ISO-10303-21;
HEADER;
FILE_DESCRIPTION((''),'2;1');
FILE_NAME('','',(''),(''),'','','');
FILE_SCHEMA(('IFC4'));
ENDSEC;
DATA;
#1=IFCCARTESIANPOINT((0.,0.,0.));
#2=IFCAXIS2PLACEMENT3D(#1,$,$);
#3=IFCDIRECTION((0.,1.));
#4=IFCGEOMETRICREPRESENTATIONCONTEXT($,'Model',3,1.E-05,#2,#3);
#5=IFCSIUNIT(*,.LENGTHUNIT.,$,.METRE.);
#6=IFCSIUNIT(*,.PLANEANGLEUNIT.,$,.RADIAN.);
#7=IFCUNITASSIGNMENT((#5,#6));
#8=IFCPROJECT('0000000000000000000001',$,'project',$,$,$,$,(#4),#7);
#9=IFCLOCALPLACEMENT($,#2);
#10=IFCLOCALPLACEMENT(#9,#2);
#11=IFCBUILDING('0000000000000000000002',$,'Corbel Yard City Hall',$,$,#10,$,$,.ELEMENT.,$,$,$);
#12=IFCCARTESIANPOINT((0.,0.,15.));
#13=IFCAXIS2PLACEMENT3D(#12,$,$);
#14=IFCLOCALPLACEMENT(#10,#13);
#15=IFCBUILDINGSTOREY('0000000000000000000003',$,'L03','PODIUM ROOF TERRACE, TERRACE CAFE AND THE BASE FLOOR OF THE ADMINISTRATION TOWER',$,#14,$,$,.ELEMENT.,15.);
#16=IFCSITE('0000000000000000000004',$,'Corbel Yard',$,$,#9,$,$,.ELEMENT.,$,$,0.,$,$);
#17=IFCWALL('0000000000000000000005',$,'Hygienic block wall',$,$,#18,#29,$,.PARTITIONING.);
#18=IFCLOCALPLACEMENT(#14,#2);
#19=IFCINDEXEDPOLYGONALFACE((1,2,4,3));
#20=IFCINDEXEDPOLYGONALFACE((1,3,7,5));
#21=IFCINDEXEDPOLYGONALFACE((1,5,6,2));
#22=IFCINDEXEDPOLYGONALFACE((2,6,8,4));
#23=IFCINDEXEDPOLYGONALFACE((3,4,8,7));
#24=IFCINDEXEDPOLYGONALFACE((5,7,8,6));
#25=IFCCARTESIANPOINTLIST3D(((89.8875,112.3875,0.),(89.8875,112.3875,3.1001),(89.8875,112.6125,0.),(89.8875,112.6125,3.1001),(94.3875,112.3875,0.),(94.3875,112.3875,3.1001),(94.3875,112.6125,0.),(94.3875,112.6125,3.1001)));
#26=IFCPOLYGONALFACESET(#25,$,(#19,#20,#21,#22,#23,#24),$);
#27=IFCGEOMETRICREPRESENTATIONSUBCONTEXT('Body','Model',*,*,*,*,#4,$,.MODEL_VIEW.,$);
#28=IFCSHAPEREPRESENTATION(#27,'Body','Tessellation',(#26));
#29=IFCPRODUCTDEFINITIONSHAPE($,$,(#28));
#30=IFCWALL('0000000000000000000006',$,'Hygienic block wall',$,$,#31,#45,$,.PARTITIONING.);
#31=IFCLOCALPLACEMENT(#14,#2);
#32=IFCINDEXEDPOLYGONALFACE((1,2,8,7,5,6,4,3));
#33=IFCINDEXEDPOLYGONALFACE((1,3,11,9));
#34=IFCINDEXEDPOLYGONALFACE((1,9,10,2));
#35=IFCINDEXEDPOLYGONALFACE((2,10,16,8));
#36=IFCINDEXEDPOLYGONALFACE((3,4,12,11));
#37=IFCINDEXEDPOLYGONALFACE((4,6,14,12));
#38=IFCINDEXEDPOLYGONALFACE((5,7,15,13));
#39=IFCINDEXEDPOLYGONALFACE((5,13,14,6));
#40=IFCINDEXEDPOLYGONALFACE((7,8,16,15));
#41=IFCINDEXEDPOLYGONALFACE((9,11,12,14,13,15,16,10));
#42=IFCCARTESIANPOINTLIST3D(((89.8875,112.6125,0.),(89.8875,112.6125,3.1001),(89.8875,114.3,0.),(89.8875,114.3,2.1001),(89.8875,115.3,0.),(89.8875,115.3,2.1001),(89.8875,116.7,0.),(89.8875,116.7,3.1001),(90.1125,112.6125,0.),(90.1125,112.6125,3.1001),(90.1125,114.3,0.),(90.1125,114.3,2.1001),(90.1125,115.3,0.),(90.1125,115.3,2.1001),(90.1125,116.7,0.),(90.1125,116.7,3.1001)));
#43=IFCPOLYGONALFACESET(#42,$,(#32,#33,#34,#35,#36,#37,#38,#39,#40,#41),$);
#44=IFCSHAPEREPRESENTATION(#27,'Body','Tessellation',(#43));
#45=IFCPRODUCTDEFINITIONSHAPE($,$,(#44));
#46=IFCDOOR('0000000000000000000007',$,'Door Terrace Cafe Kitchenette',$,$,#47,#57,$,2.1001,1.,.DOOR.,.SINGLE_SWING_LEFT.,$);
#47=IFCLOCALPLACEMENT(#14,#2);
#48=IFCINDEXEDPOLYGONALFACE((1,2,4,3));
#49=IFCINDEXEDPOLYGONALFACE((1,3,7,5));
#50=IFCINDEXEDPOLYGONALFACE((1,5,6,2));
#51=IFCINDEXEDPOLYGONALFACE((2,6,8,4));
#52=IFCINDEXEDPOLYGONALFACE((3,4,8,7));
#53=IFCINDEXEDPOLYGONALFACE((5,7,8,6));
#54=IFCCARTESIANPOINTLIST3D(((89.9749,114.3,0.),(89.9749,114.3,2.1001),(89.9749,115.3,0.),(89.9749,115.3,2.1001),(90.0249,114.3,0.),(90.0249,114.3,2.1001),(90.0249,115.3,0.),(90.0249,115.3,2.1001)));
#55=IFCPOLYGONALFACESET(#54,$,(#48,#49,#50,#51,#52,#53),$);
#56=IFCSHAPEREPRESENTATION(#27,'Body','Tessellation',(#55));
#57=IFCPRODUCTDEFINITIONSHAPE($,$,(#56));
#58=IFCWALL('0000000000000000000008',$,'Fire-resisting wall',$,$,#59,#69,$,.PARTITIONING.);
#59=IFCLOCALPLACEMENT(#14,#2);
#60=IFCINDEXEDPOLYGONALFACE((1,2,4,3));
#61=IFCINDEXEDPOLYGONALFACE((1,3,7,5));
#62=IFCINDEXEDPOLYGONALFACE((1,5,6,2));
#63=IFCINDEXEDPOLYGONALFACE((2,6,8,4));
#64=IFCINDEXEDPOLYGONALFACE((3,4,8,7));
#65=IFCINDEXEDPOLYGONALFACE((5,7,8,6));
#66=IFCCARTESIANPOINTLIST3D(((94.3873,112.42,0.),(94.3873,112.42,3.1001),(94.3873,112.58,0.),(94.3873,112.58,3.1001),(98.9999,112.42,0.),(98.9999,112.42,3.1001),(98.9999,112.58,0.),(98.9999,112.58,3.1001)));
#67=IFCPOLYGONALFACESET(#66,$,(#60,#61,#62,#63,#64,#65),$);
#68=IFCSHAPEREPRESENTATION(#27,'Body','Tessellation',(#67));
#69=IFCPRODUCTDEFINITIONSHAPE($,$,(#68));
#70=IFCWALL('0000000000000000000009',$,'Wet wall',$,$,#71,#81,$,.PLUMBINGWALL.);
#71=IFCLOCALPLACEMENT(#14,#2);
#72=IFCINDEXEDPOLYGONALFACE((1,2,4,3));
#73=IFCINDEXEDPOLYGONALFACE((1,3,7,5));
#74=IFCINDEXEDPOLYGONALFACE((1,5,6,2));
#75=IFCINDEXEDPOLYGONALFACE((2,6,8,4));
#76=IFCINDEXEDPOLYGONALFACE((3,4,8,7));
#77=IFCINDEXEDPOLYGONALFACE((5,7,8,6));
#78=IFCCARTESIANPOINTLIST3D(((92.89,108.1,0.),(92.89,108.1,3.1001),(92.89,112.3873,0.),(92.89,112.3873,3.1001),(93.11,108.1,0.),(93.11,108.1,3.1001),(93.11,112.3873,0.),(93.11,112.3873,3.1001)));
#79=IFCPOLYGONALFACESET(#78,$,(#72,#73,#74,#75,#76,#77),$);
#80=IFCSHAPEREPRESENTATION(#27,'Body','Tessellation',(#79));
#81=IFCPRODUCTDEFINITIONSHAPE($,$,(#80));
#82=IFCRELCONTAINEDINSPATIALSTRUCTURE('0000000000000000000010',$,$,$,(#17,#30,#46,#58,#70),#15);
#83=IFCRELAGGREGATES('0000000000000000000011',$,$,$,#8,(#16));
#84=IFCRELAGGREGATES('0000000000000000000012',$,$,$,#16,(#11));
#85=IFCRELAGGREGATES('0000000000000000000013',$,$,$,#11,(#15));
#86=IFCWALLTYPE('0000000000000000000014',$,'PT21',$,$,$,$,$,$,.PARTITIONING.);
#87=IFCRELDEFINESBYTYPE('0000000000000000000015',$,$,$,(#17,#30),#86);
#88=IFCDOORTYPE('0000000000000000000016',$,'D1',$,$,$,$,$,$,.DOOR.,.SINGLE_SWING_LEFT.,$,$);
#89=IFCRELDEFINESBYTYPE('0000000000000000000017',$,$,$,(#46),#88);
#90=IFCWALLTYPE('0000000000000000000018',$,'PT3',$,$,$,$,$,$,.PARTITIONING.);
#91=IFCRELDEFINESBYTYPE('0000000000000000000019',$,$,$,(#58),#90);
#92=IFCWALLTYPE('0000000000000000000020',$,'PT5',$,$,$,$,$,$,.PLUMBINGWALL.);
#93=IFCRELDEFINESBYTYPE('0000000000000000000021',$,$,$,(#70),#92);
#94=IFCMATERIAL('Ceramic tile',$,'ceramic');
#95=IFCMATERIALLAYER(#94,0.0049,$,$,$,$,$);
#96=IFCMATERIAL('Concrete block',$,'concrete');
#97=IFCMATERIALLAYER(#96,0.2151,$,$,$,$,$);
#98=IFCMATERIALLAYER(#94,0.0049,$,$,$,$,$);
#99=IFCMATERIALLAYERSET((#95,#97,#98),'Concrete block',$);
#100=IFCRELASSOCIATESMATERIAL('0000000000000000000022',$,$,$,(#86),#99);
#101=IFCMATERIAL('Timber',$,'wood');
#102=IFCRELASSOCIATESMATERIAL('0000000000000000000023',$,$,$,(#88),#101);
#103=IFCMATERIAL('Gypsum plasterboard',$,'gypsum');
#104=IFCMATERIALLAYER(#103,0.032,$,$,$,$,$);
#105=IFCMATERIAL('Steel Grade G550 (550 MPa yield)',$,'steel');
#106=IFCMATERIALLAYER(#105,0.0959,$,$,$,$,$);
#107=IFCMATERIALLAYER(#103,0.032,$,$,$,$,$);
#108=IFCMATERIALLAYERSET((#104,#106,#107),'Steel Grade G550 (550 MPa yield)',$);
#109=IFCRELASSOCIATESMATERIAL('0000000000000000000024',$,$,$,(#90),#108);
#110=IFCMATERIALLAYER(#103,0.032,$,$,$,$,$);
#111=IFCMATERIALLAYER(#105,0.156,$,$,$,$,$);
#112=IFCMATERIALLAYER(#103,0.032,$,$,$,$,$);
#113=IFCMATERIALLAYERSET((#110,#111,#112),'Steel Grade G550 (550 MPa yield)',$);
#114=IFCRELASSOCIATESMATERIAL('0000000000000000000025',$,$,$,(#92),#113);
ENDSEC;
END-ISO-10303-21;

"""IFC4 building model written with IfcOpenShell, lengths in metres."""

from ifc_helpers import new_model, si_unit, direction, frame, frame_2d, origin, place, context, subcontext, project, spatial, rectangle, extrude, material, layer, layer_set, type_object, element, fill, save


model = new_model("IFC4")

# Units and contexts
model_context = context("Model", 3, precision=1e-05, world=origin(), true_north=direction((0.0, 1.0)))
body_context = subcontext(model_context, "Body", "Model", "MODEL_VIEW")
ifc_project = project(units=[si_unit("LENGTHUNIT", "METRE"), si_unit("PLANEANGLEUNIT", "RADIAN")], contexts=[model_context])

# Site, building, storey
site_placement = place(None, origin())
site = spatial("IfcSite", under=ifc_project, at=site_placement, Name="Corbel Yard", CompositionType="ELEMENT", RefElevation=0.0)
building_placement = place(site_placement, origin())
building = spatial("IfcBuilding", under=site, at=building_placement, Name="Corbel Yard City Hall", CompositionType="ELEMENT")
storey_placement = place(building_placement, frame((0.0, 0.0, 15.0)))
storey = spatial("IfcBuildingStorey", under=building, at=storey_placement, Name="L03", Description="PODIUM ROOF TERRACE, TERRACE CAFE AND THE BASE FLOOR OF THE ADMINISTRATION TOWER", CompositionType="ELEMENT", Elevation=15.0)

# Shared definitions
ifc_material_1 = material(Name="Gypsum plasterboard", Category="gypsum")
ifc_material_2 = material(Name="Steel Grade G550 (550 MPa yield)", Category="steel")

# Shared definitions
ifc_material_3 = material(Name="Timber", Category="wood")

# Wall
ifc_material_4 = material(Name="Ceramic tile", Category="ceramic")
ifc_layer_1 = layer(ifc_material_4, 0.0049)
ifc_material_5 = material(Name="Concrete block", Category="concrete")
ifc_layer_2 = layer(ifc_material_5, 0.2151)
ifc_layer_3 = layer(ifc_material_4, 0.0049)
ifc_layer_set_1 = layer_set([ifc_layer_1, ifc_layer_2, ifc_layer_3], Name="Concrete block")
wall_type_1 = type_object("IfcWallType", Name="PT21", PredefinedType="PARTITIONING", material=ifc_layer_set_1)
wall_1_placement = place(storey_placement, frame((89.8875, 112.5, 0.0), z_axis=(0.0, 0.0, 1.0), x_axis=(1.0, 0.0, 0.0)))
element("IfcWall", 1, at=wall_1_placement, inside=storey, type_object=wall_type_1, Name="Hygienic block wall", PredefinedType="PARTITIONING", context=body_context, shape_type="SweptSolid", body=[
    extrude(rectangle(XDim=4.5, YDim=0.2251, at=frame_2d((2.25, 0.0))), origin(), (0.0, 0.0, 1.0), 3.1001),
])

# Wall, opening, door
wall_2_placement = place(storey_placement, frame((90.0, 112.6125, 0.0), z_axis=(0.0, 0.0, 1.0), x_axis=(0.0, 1.0, 0.0)))
wall_2 = element("IfcWall", 2, at=wall_2_placement, inside=storey, type_object=wall_type_1, Name="Hygienic block wall", PredefinedType="PARTITIONING", context=body_context, shape_type="SweptSolid", body=[
    extrude(rectangle(XDim=4.0874, YDim=0.2251, at=frame_2d((2.0437, 0.0))), origin(), (0.0, 0.0, 1.0), 3.1001),
])
opening_1_placement = place(wall_2_placement, frame((1.6875, 0.0, 0.0)))
opening_1 = element("IfcOpeningElement", 3, at=opening_1_placement, cuts=wall_2, PredefinedType="OPENING", context=body_context, shape_type="SweptSolid", body=[
    extrude(rectangle(XDim=1.0, YDim=2.1001, at=frame_2d((0.5, 1.05))), frame((0.0, 0.1226, 0.0), z_axis=(0.0, -1.0, 0.0), x_axis=(1.0, 0.0, 0.0)), (0.0, 0.0, 1.0), 0.2451),
])
door_type_1 = type_object("IfcDoorType", Name="D1", OperationType="SINGLE_SWING_LEFT", PredefinedType="DOOR", material=ifc_material_3)
door_1_placement = place(opening_1_placement, frame((1.0, 0.0, 0.0), z_axis=(0.0, 0.0, 1.0), x_axis=(-1.0, 0.0, 0.0)))
door_1 = element("IfcDoor", 4, at=door_1_placement, inside=storey, type_object=door_type_1, Name="Door Terrace Cafe Kitchenette", OperationType="SINGLE_SWING_LEFT", OverallHeight=2.1001, OverallWidth=1.0, PredefinedType="DOOR", context=body_context, shape_type="SweptSolid", body=[
    extrude(rectangle(XDim=1.0, YDim=2.1001, at=frame_2d((0.5, 1.05))), frame((0.0, 0.0249, 0.0), z_axis=(0.0, -1.0, 0.0), x_axis=(1.0, 0.0, 0.0)), (0.0, 0.0, 1.0), 0.05),
])
fill(opening_1, door_1)

# Walls
ifc_layer_4 = layer(ifc_material_1, 0.032)
ifc_layer_5 = layer(ifc_material_2, 0.0959)
ifc_layer_6 = layer(ifc_material_1, 0.032)
ifc_layer_set_2 = layer_set([ifc_layer_4, ifc_layer_5, ifc_layer_6], Name="Steel Grade G550 (550 MPa yield)")
wall_type_2 = type_object("IfcWallType", Name="PT3", PredefinedType="PARTITIONING", material=ifc_layer_set_2)
wall_3_placement = place(storey_placement, frame((94.3875, 112.5, 0.0), z_axis=(0.0, 0.0, 1.0), x_axis=(1.0, 0.0, 0.0)))
element("IfcWall", 5, at=wall_3_placement, inside=storey, type_object=wall_type_2, Name="Fire-resisting wall", PredefinedType="PARTITIONING", context=body_context, shape_type="SweptSolid", body=[
    extrude(rectangle(XDim=4.6125, YDim=0.1599, at=frame_2d((2.3062, 0.0))), origin(), (0.0, 0.0, 1.0), 3.1001),
])
ifc_layer_7 = layer(ifc_material_1, 0.032)
ifc_layer_8 = layer(ifc_material_2, 0.156)
ifc_layer_9 = layer(ifc_material_1, 0.032)
ifc_layer_set_3 = layer_set([ifc_layer_7, ifc_layer_8, ifc_layer_9], Name="Steel Grade G550 (550 MPa yield)")
wall_type_3 = type_object("IfcWallType", Name="PT5", PredefinedType="PLUMBINGWALL", material=ifc_layer_set_3)
wall_4_placement = place(storey_placement, frame((93.0, 108.1001, 0.0), z_axis=(0.0, 0.0, 1.0), x_axis=(0.0, 1.0, 0.0)))
element("IfcWall", 6, at=wall_4_placement, inside=storey, type_object=wall_type_3, Name="Wet wall", PredefinedType="PLUMBINGWALL", context=body_context, shape_type="SweptSolid", body=[
    extrude(rectangle(XDim=4.2874, YDim=0.22, at=frame_2d((2.1436, 0.0))), origin(), (0.0, 0.0, 1.0), 3.1001),
])

save(model, "model.ifc")
